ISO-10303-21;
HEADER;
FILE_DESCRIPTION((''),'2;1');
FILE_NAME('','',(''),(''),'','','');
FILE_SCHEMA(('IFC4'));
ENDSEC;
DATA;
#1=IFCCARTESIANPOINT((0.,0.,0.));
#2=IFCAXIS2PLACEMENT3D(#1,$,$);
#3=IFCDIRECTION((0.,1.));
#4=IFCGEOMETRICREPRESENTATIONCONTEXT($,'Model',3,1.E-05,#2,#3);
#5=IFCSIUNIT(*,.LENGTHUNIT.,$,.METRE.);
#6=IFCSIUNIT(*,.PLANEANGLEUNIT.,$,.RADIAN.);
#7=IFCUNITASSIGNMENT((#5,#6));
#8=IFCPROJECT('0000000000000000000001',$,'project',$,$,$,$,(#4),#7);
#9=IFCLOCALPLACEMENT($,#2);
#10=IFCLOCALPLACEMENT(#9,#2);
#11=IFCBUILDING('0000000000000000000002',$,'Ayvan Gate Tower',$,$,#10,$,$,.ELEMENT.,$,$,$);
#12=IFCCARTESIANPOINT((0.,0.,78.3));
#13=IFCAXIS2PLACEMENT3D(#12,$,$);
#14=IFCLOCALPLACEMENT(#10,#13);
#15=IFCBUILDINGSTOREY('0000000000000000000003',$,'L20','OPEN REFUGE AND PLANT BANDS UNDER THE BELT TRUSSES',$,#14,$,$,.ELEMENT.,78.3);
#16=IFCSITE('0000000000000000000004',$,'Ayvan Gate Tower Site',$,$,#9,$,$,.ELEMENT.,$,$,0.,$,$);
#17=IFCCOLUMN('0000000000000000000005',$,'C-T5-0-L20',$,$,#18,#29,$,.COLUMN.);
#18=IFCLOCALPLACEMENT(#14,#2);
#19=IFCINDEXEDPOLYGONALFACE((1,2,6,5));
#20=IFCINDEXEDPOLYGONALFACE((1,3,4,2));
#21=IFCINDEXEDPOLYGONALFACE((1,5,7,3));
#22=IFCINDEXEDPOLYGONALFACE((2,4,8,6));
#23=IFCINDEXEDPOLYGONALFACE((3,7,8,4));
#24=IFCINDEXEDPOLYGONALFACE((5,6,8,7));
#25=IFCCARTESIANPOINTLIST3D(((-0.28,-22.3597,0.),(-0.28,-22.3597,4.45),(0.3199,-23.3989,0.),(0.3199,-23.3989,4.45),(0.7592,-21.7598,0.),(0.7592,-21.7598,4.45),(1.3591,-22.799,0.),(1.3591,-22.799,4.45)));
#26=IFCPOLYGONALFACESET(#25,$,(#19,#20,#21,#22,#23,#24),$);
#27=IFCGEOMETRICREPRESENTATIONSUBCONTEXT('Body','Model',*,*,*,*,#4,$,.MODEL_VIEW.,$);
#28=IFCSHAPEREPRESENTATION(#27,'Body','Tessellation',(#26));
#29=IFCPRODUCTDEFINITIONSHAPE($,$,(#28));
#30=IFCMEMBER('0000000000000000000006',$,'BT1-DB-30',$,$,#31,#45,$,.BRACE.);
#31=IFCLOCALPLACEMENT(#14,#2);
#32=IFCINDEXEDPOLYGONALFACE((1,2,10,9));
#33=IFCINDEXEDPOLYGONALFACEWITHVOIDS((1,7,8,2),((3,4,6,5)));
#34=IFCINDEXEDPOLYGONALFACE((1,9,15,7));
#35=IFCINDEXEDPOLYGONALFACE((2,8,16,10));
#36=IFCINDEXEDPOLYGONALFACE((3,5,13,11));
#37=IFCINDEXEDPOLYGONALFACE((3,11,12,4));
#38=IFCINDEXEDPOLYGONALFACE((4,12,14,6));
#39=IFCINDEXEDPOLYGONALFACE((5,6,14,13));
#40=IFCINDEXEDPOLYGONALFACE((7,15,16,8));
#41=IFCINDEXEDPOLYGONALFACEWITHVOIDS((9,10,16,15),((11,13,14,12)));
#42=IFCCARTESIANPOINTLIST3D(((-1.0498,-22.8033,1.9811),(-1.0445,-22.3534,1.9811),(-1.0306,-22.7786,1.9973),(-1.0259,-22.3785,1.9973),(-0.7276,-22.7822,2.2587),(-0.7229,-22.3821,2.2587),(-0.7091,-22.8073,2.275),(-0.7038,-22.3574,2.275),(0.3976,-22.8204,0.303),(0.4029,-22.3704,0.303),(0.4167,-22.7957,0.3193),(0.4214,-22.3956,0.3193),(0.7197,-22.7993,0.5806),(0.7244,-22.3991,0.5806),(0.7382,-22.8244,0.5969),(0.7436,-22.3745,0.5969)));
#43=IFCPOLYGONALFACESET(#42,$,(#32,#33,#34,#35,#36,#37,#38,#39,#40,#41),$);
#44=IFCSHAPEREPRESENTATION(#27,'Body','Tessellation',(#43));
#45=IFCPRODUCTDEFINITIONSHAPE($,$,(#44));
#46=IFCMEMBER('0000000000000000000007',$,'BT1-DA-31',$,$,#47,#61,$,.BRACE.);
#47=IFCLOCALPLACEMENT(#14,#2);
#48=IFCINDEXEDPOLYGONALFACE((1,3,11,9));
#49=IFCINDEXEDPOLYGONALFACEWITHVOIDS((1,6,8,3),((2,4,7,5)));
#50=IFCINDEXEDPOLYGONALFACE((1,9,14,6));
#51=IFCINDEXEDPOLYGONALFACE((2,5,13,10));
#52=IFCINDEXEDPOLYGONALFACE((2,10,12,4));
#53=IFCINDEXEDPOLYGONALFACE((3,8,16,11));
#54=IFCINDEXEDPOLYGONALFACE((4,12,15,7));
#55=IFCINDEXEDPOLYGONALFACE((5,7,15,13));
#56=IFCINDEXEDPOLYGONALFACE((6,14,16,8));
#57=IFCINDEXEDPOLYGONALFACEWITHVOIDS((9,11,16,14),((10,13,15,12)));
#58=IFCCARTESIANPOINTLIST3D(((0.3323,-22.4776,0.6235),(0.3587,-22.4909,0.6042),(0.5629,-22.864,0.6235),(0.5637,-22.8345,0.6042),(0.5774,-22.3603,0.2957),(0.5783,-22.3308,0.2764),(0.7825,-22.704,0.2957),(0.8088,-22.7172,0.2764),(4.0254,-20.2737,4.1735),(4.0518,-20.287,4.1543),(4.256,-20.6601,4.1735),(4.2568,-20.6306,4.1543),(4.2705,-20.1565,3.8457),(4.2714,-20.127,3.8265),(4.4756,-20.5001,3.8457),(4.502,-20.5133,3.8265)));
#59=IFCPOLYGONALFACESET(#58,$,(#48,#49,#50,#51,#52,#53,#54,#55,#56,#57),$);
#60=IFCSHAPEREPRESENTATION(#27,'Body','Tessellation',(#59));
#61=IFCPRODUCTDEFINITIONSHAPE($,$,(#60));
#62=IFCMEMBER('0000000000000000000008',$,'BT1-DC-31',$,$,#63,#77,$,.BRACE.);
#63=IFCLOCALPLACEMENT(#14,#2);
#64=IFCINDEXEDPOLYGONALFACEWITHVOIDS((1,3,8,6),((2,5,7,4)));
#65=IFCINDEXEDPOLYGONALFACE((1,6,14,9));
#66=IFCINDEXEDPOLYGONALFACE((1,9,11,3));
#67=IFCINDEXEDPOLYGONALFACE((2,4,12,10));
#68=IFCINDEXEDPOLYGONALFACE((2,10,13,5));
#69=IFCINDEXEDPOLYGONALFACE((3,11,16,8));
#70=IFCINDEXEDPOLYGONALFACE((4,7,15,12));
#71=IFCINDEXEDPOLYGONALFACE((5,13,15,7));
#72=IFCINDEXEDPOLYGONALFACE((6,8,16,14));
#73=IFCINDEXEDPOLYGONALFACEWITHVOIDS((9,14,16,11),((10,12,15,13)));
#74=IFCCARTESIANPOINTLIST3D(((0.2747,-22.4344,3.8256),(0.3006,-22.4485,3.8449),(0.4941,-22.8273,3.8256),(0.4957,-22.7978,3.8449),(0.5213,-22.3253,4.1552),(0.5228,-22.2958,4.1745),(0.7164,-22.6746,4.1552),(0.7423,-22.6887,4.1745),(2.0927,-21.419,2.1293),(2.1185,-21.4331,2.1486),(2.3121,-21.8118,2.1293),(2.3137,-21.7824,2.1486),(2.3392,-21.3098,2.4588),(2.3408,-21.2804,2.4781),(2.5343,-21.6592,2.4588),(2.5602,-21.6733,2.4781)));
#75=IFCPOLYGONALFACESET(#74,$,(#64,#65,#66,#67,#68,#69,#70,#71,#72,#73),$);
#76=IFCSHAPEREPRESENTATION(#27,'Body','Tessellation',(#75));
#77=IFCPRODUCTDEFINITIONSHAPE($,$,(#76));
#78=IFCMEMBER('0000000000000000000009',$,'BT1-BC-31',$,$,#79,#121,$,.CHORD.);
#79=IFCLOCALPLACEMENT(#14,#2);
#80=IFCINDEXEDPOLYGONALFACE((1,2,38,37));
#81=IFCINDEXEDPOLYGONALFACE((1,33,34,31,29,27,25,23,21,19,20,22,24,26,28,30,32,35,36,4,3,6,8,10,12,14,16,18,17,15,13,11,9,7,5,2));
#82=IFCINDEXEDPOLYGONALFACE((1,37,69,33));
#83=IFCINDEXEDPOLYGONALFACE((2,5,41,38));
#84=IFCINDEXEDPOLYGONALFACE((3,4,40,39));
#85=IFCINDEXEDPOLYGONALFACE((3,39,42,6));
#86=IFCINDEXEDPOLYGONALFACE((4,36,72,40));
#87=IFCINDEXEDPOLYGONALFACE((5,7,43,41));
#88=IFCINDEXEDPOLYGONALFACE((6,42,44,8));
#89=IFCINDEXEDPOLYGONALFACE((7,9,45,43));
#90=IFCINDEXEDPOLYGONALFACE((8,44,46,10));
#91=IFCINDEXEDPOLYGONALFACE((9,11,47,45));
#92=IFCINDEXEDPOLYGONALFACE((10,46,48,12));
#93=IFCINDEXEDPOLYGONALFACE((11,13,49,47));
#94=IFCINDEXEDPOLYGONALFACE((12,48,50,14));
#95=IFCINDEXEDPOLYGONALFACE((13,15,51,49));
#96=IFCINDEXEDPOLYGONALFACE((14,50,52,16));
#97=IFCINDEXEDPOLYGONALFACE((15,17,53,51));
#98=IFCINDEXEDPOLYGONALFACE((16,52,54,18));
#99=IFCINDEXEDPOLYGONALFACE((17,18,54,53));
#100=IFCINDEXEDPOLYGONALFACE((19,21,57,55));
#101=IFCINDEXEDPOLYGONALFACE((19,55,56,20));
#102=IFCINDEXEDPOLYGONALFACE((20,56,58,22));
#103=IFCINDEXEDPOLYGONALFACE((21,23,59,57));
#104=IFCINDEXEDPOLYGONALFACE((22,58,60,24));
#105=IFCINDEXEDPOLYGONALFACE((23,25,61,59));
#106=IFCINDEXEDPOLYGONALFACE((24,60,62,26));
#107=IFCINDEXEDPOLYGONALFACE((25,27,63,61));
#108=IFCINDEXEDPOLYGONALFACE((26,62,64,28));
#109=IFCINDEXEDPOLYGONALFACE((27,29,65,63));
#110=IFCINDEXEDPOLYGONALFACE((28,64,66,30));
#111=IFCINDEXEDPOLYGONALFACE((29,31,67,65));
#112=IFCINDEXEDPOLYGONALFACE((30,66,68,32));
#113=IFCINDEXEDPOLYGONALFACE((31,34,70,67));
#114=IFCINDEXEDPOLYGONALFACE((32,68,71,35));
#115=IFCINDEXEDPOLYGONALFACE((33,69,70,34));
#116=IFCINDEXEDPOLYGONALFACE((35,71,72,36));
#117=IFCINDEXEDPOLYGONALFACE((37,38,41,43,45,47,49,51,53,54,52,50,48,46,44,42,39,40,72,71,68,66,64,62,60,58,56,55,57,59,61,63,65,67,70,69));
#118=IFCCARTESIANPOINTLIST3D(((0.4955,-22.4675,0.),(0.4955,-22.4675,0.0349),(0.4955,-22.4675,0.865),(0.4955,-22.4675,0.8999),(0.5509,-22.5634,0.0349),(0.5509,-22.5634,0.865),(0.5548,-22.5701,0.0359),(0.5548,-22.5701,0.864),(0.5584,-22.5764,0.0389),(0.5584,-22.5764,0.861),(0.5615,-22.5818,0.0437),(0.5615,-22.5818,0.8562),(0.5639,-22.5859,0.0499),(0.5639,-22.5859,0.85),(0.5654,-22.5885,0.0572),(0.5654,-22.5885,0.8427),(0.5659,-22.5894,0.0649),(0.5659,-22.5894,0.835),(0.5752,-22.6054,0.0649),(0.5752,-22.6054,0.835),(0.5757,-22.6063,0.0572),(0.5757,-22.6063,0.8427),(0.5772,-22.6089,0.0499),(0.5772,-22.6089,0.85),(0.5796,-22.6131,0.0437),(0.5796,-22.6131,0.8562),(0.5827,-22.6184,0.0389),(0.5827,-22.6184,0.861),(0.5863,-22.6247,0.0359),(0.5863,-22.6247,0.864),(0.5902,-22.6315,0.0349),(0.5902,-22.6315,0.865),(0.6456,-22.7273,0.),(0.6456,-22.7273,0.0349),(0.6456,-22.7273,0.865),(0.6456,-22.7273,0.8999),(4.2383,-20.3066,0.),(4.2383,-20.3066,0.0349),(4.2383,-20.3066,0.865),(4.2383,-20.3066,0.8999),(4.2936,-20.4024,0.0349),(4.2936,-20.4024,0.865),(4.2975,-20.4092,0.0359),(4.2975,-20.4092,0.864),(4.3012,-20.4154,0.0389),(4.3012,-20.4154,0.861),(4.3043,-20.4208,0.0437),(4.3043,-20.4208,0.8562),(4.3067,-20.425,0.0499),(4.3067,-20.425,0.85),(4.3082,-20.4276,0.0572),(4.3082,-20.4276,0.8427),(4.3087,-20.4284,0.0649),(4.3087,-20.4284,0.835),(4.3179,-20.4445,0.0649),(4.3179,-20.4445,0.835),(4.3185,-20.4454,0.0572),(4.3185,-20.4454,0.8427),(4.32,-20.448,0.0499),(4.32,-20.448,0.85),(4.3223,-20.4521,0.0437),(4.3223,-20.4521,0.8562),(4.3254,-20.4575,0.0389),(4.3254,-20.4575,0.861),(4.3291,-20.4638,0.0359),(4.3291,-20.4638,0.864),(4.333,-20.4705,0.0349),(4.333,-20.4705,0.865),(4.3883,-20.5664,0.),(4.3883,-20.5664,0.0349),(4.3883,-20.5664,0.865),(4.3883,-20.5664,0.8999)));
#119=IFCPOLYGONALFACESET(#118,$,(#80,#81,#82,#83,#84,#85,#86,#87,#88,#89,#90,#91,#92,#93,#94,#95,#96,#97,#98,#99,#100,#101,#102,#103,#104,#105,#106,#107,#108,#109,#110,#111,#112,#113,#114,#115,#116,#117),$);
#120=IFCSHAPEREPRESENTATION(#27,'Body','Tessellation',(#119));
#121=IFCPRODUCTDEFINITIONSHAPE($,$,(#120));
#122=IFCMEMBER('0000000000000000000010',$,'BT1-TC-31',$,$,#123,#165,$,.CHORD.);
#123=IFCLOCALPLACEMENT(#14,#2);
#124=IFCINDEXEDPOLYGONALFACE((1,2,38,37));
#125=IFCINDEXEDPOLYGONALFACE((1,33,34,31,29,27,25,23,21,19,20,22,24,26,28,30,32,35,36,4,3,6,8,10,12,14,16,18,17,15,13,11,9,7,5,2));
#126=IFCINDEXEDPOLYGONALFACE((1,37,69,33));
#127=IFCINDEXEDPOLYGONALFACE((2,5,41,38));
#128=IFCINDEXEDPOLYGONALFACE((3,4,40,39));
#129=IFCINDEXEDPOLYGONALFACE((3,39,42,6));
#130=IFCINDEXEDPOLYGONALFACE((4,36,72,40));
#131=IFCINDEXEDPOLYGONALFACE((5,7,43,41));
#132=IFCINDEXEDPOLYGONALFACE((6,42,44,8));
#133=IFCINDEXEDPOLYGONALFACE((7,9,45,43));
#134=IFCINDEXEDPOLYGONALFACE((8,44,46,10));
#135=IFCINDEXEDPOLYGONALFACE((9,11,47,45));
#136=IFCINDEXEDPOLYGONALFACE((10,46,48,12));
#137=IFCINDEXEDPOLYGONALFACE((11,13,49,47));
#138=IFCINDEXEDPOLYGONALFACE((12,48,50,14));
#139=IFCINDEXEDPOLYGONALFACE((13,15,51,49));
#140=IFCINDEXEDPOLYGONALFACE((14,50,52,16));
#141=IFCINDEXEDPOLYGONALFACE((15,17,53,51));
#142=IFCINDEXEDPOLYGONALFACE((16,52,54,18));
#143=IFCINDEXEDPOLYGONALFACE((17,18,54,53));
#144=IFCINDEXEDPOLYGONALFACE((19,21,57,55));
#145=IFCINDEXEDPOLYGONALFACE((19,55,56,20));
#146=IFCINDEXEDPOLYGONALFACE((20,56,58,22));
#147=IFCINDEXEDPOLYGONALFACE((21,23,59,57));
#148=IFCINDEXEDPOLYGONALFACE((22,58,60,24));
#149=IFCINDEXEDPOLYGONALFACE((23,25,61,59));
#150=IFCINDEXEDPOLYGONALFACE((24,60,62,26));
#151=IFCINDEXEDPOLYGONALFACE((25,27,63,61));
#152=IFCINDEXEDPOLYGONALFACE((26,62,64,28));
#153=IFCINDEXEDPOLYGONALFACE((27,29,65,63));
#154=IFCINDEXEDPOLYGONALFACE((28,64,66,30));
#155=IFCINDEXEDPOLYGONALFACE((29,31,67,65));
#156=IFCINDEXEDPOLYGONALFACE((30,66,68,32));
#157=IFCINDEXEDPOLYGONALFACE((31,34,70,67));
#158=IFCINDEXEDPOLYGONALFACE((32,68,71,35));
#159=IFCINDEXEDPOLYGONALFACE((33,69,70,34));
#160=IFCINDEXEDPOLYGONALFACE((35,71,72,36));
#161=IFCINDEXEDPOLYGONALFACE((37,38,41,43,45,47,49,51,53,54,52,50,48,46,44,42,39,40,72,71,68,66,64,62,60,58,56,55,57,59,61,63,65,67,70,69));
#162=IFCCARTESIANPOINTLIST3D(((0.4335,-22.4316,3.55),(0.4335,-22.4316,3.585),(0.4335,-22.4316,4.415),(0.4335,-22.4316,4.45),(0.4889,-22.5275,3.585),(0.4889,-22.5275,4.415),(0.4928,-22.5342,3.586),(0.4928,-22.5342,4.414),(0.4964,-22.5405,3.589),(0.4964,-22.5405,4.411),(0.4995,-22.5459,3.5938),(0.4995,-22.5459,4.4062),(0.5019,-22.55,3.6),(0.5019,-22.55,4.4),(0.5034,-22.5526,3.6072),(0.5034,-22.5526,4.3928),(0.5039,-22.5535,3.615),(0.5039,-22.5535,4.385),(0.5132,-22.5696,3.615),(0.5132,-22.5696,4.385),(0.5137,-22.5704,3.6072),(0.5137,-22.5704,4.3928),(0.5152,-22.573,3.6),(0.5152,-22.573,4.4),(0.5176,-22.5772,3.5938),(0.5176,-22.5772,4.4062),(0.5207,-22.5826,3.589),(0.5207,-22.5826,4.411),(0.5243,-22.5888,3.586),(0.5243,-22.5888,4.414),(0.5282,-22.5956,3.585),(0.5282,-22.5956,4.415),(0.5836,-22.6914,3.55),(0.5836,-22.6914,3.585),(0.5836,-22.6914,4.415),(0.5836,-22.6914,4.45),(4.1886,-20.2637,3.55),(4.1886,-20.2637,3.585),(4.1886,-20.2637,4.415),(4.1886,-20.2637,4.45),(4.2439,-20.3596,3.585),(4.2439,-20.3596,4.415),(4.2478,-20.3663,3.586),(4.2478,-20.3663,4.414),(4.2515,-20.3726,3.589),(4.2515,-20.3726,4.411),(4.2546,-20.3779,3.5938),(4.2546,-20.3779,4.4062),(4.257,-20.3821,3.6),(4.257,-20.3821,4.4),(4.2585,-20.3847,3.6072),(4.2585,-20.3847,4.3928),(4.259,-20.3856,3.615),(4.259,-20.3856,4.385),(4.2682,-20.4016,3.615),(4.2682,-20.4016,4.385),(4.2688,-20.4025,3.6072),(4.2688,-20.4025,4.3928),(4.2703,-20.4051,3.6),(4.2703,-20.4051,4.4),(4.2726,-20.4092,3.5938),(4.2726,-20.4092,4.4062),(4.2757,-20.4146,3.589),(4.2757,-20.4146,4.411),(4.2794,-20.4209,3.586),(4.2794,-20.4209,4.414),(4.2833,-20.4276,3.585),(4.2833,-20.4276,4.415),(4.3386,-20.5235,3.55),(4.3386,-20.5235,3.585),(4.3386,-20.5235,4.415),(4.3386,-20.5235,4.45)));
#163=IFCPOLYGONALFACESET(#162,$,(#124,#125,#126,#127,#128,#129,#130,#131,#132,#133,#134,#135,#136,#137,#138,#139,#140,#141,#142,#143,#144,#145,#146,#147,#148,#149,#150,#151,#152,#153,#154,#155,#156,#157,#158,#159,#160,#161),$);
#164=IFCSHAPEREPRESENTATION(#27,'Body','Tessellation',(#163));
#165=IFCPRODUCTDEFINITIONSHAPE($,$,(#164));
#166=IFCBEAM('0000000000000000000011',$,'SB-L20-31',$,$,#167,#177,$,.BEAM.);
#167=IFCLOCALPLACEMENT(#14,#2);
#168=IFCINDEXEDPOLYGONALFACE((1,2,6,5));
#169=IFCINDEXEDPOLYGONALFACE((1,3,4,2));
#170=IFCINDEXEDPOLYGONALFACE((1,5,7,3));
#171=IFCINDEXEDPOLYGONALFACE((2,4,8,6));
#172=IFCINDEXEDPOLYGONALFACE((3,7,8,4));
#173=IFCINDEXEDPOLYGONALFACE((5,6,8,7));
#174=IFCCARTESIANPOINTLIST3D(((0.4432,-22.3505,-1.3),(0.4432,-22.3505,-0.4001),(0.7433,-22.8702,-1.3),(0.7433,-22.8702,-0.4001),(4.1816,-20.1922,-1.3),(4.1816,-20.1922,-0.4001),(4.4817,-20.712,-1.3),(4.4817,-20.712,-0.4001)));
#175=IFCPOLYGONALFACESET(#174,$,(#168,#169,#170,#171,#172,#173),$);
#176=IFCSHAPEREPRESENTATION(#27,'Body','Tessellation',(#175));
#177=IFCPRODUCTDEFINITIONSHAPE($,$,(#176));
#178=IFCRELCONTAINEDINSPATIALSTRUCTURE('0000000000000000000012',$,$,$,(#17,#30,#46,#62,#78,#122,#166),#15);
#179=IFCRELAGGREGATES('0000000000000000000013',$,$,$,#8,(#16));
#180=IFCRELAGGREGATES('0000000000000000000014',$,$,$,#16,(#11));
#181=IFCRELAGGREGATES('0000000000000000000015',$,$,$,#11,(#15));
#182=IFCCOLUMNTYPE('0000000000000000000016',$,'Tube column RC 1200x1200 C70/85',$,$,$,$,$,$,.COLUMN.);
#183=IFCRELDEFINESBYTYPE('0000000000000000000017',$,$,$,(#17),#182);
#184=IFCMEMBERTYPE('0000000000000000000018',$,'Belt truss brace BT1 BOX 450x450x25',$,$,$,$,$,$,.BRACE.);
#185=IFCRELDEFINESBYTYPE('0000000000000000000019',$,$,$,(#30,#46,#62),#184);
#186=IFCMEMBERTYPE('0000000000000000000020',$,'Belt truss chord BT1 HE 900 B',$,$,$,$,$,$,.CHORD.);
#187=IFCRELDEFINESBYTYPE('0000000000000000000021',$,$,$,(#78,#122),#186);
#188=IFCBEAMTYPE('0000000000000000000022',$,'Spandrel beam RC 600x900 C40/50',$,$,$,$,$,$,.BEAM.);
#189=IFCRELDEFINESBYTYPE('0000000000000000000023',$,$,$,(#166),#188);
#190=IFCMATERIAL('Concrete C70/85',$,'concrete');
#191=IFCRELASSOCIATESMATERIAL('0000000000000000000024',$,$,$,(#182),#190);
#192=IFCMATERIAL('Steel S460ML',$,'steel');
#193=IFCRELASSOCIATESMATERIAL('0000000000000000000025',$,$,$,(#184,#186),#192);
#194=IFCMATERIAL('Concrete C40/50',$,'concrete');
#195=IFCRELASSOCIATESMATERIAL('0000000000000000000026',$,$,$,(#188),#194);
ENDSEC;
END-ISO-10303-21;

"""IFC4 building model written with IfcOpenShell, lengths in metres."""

from ifc_helpers import new_model, si_unit, direction, frame, origin, origin_2d, place, context, subcontext, project, spatial, rectangle, hollow_rectangle, i_section, extrude, material, material_profile, profile_set, type_object, element, save


model = new_model("IFC4")

# Units and contexts
model_context = context("Model", 3, precision=1e-05, world=origin(), true_north=direction((0.0, 1.0)))
body_context = subcontext(model_context, "Body", "Model", "MODEL_VIEW")
ifc_project = project(units=[si_unit("LENGTHUNIT", "METRE"), si_unit("PLANEANGLEUNIT", "RADIAN")], contexts=[model_context])

# Site, building, storey
site_placement = place(None, origin())
site = spatial("IfcSite", under=ifc_project, at=site_placement, Name="Ayvan Gate Tower Site", CompositionType="ELEMENT", RefElevation=0.0)
building_placement = place(site_placement, origin())
building = spatial("IfcBuilding", under=site, at=building_placement, Name="Ayvan Gate Tower", CompositionType="ELEMENT")
storey_placement = place(building_placement, frame((0.0, 0.0, 78.3)))
storey = spatial("IfcBuildingStorey", under=building, at=storey_placement, Name="L20", Description="OPEN REFUGE AND PLANT BANDS UNDER THE BELT TRUSSES", CompositionType="ELEMENT", Elevation=78.3)

# Column
ifc_material_1 = material(Name="Concrete C70/85", Category="concrete")
ifc_material_profile_1 = material_profile(ifc_material_1, rectangle(XDim=1.2, YDim=1.2, at=origin_2d()), Name="RC 1200x1200")
ifc_profile_set_1 = profile_set([ifc_material_profile_1], Name="Concrete C70/85")
column_type = type_object("IfcColumnType", Name="Tube column RC 1200x1200 C70/85", PredefinedType="COLUMN", material=ifc_profile_set_1)
column_placement = place(storey_placement, frame((0.5396, -22.5793, 0.0), z_axis=(0.0, 0.0, 1.0), x_axis=(0.5, -0.866025, 0.0)))
element("IfcColumn", 1, at=column_placement, inside=storey, type_object=column_type, Name="C-T5-0-L20", PredefinedType="COLUMN", context=body_context, shape_type="SweptSolid", body=[
    extrude(rectangle(XDim=1.2, YDim=1.2, at=origin_2d()), origin(), (0.0, 0.0, 1.0), 4.45),
])

# Members
ifc_material_2 = material(Name="Steel S460ML", Category="steel")
ifc_material_profile_2 = material_profile(ifc_material_2, hollow_rectangle(XDim=0.45, YDim=0.45, WallThickness=0.0249, at=origin_2d()), Name="BOX 450x450x25")
ifc_profile_set_2 = profile_set([ifc_material_profile_2], Name="Steel S460ML")
member_type_1 = type_object("IfcMemberType", Name="Belt truss brace BT1 BOX 450x450x25", PredefinedType="BRACE", material=ifc_profile_set_2)
member_1_placement = place(storey_placement, frame((0.5706, -22.5974, 0.45), z_axis=(-0.65311, 0.007712, 0.757224), x_axis=(-0.011808, -0.99993, 0.0)))
element("IfcMember", 2, at=member_1_placement, inside=storey, type_object=member_type_1, Name="BT1-DB-30", PredefinedType="BRACE", context=body_context, shape_type="SweptSolid", body=[
    extrude(hollow_rectangle(XDim=0.45, YDim=0.45, WallThickness=0.0249, at=origin_2d()), origin(), (0.0, 0.0, 1.0), 2.2161),
])
member_2_placement = place(storey_placement, frame((0.5706, -22.5974, 0.45), z_axis=(0.662247, 0.395194, 0.636593), x_axis=(-0.512441, 0.858723, 0.0)))
element("IfcMember", 3, at=member_2_placement, inside=storey, type_object=member_type_1, Name="BT1-DA-31", PredefinedType="BRACE", context=body_context, shape_type="SweptSolid", body=[
    extrude(hollow_rectangle(XDim=0.45, YDim=0.45, WallThickness=0.0249, at=origin_2d()), origin(), (0.0, 0.0, 1.0), 5.5767),
])
member_3_placement = place(storey_placement, frame((2.3264, -21.5461, 2.3037), z_axis=(-0.676867, -0.378068, 0.631597), x_axis=(0.487643, -0.873043, 0.0)))
element("IfcMember", 4, at=member_3_placement, inside=storey, type_object=member_type_1, Name="BT1-DC-31", PredefinedType="BRACE", context=body_context, shape_type="SweptSolid", body=[
    extrude(hollow_rectangle(XDim=0.45, YDim=0.45, WallThickness=0.0249, at=origin_2d()), origin(), (0.0, 0.0, 1.0), 2.6858),
])
ifc_material_profile_3 = material_profile(ifc_material_2, i_section(OverallWidth=0.3, OverallDepth=0.8999, WebThickness=0.0186, FlangeThickness=0.0349, FilletRadius=0.03, at=origin_2d()), Name="HE 900 B")
ifc_profile_set_3 = profile_set([ifc_material_profile_3], Name="Steel S460ML")
member_type_2 = type_object("IfcMemberType", Name="Belt truss chord BT1 HE 900 B", PredefinedType="CHORD", material=ifc_profile_set_3)
member_4_placement = place(storey_placement, frame((0.5706, -22.5974, 0.45), z_axis=(0.86602, 0.500009, 0.0), x_axis=(-0.500009, 0.86602, 0.0)))
element("IfcMember", 5, at=member_4_placement, inside=storey, type_object=member_type_2, Name="BT1-BC-31", PredefinedType="CHORD", context=body_context, shape_type="SweptSolid", body=[
    extrude(i_section(OverallWidth=0.3, OverallDepth=0.8999, WebThickness=0.0186, FlangeThickness=0.0349, FilletRadius=0.03, at=origin_2d()), origin(), (0.0, 0.0, 1.0), 4.3218),
])
member_5_placement = place(storey_placement, frame((0.5085, -22.5615, 4.0), z_axis=(0.866031, 0.499991, 0.0), x_axis=(-0.499991, 0.866031, 0.0)))
element("IfcMember", 6, at=member_5_placement, inside=storey, type_object=member_type_2, Name="BT1-TC-31", PredefinedType="CHORD", context=body_context, shape_type="SweptSolid", body=[
    extrude(i_section(OverallWidth=0.3, OverallDepth=0.8999, WebThickness=0.0186, FlangeThickness=0.0349, FilletRadius=0.03, at=origin_2d()), origin(), (0.0, 0.0, 1.0), 4.3359),
])

# Beam
ifc_material_3 = material(Name="Concrete C40/50", Category="concrete")
ifc_material_profile_4 = material_profile(ifc_material_3, rectangle(XDim=0.6001, YDim=0.8999, at=origin_2d()), Name="RC 600x900")
ifc_profile_set_4 = profile_set([ifc_material_profile_4], Name="Concrete C40/50")
beam_type_1 = type_object("IfcBeamType", Name="Spandrel beam RC 600x900 C40/50", PredefinedType="BEAM", material=ifc_profile_set_4)
beam_1_placement = place(storey_placement, frame((0.5933, -22.6104, -0.8501), z_axis=(0.866035, 0.499984, 0.0), x_axis=(-0.499984, 0.866035, 0.0)))
element("IfcBeam", 7, at=beam_1_placement, inside=storey, type_object=beam_type_1, Name="SB-L20-31", PredefinedType="BEAM", context=body_context, shape_type="SweptSolid", body=[
    extrude(rectangle(XDim=0.6001, YDim=0.8999, at=origin_2d()), origin(), (0.0, 0.0, 1.0), 4.3167),
])

save(model, "model.ifc")
